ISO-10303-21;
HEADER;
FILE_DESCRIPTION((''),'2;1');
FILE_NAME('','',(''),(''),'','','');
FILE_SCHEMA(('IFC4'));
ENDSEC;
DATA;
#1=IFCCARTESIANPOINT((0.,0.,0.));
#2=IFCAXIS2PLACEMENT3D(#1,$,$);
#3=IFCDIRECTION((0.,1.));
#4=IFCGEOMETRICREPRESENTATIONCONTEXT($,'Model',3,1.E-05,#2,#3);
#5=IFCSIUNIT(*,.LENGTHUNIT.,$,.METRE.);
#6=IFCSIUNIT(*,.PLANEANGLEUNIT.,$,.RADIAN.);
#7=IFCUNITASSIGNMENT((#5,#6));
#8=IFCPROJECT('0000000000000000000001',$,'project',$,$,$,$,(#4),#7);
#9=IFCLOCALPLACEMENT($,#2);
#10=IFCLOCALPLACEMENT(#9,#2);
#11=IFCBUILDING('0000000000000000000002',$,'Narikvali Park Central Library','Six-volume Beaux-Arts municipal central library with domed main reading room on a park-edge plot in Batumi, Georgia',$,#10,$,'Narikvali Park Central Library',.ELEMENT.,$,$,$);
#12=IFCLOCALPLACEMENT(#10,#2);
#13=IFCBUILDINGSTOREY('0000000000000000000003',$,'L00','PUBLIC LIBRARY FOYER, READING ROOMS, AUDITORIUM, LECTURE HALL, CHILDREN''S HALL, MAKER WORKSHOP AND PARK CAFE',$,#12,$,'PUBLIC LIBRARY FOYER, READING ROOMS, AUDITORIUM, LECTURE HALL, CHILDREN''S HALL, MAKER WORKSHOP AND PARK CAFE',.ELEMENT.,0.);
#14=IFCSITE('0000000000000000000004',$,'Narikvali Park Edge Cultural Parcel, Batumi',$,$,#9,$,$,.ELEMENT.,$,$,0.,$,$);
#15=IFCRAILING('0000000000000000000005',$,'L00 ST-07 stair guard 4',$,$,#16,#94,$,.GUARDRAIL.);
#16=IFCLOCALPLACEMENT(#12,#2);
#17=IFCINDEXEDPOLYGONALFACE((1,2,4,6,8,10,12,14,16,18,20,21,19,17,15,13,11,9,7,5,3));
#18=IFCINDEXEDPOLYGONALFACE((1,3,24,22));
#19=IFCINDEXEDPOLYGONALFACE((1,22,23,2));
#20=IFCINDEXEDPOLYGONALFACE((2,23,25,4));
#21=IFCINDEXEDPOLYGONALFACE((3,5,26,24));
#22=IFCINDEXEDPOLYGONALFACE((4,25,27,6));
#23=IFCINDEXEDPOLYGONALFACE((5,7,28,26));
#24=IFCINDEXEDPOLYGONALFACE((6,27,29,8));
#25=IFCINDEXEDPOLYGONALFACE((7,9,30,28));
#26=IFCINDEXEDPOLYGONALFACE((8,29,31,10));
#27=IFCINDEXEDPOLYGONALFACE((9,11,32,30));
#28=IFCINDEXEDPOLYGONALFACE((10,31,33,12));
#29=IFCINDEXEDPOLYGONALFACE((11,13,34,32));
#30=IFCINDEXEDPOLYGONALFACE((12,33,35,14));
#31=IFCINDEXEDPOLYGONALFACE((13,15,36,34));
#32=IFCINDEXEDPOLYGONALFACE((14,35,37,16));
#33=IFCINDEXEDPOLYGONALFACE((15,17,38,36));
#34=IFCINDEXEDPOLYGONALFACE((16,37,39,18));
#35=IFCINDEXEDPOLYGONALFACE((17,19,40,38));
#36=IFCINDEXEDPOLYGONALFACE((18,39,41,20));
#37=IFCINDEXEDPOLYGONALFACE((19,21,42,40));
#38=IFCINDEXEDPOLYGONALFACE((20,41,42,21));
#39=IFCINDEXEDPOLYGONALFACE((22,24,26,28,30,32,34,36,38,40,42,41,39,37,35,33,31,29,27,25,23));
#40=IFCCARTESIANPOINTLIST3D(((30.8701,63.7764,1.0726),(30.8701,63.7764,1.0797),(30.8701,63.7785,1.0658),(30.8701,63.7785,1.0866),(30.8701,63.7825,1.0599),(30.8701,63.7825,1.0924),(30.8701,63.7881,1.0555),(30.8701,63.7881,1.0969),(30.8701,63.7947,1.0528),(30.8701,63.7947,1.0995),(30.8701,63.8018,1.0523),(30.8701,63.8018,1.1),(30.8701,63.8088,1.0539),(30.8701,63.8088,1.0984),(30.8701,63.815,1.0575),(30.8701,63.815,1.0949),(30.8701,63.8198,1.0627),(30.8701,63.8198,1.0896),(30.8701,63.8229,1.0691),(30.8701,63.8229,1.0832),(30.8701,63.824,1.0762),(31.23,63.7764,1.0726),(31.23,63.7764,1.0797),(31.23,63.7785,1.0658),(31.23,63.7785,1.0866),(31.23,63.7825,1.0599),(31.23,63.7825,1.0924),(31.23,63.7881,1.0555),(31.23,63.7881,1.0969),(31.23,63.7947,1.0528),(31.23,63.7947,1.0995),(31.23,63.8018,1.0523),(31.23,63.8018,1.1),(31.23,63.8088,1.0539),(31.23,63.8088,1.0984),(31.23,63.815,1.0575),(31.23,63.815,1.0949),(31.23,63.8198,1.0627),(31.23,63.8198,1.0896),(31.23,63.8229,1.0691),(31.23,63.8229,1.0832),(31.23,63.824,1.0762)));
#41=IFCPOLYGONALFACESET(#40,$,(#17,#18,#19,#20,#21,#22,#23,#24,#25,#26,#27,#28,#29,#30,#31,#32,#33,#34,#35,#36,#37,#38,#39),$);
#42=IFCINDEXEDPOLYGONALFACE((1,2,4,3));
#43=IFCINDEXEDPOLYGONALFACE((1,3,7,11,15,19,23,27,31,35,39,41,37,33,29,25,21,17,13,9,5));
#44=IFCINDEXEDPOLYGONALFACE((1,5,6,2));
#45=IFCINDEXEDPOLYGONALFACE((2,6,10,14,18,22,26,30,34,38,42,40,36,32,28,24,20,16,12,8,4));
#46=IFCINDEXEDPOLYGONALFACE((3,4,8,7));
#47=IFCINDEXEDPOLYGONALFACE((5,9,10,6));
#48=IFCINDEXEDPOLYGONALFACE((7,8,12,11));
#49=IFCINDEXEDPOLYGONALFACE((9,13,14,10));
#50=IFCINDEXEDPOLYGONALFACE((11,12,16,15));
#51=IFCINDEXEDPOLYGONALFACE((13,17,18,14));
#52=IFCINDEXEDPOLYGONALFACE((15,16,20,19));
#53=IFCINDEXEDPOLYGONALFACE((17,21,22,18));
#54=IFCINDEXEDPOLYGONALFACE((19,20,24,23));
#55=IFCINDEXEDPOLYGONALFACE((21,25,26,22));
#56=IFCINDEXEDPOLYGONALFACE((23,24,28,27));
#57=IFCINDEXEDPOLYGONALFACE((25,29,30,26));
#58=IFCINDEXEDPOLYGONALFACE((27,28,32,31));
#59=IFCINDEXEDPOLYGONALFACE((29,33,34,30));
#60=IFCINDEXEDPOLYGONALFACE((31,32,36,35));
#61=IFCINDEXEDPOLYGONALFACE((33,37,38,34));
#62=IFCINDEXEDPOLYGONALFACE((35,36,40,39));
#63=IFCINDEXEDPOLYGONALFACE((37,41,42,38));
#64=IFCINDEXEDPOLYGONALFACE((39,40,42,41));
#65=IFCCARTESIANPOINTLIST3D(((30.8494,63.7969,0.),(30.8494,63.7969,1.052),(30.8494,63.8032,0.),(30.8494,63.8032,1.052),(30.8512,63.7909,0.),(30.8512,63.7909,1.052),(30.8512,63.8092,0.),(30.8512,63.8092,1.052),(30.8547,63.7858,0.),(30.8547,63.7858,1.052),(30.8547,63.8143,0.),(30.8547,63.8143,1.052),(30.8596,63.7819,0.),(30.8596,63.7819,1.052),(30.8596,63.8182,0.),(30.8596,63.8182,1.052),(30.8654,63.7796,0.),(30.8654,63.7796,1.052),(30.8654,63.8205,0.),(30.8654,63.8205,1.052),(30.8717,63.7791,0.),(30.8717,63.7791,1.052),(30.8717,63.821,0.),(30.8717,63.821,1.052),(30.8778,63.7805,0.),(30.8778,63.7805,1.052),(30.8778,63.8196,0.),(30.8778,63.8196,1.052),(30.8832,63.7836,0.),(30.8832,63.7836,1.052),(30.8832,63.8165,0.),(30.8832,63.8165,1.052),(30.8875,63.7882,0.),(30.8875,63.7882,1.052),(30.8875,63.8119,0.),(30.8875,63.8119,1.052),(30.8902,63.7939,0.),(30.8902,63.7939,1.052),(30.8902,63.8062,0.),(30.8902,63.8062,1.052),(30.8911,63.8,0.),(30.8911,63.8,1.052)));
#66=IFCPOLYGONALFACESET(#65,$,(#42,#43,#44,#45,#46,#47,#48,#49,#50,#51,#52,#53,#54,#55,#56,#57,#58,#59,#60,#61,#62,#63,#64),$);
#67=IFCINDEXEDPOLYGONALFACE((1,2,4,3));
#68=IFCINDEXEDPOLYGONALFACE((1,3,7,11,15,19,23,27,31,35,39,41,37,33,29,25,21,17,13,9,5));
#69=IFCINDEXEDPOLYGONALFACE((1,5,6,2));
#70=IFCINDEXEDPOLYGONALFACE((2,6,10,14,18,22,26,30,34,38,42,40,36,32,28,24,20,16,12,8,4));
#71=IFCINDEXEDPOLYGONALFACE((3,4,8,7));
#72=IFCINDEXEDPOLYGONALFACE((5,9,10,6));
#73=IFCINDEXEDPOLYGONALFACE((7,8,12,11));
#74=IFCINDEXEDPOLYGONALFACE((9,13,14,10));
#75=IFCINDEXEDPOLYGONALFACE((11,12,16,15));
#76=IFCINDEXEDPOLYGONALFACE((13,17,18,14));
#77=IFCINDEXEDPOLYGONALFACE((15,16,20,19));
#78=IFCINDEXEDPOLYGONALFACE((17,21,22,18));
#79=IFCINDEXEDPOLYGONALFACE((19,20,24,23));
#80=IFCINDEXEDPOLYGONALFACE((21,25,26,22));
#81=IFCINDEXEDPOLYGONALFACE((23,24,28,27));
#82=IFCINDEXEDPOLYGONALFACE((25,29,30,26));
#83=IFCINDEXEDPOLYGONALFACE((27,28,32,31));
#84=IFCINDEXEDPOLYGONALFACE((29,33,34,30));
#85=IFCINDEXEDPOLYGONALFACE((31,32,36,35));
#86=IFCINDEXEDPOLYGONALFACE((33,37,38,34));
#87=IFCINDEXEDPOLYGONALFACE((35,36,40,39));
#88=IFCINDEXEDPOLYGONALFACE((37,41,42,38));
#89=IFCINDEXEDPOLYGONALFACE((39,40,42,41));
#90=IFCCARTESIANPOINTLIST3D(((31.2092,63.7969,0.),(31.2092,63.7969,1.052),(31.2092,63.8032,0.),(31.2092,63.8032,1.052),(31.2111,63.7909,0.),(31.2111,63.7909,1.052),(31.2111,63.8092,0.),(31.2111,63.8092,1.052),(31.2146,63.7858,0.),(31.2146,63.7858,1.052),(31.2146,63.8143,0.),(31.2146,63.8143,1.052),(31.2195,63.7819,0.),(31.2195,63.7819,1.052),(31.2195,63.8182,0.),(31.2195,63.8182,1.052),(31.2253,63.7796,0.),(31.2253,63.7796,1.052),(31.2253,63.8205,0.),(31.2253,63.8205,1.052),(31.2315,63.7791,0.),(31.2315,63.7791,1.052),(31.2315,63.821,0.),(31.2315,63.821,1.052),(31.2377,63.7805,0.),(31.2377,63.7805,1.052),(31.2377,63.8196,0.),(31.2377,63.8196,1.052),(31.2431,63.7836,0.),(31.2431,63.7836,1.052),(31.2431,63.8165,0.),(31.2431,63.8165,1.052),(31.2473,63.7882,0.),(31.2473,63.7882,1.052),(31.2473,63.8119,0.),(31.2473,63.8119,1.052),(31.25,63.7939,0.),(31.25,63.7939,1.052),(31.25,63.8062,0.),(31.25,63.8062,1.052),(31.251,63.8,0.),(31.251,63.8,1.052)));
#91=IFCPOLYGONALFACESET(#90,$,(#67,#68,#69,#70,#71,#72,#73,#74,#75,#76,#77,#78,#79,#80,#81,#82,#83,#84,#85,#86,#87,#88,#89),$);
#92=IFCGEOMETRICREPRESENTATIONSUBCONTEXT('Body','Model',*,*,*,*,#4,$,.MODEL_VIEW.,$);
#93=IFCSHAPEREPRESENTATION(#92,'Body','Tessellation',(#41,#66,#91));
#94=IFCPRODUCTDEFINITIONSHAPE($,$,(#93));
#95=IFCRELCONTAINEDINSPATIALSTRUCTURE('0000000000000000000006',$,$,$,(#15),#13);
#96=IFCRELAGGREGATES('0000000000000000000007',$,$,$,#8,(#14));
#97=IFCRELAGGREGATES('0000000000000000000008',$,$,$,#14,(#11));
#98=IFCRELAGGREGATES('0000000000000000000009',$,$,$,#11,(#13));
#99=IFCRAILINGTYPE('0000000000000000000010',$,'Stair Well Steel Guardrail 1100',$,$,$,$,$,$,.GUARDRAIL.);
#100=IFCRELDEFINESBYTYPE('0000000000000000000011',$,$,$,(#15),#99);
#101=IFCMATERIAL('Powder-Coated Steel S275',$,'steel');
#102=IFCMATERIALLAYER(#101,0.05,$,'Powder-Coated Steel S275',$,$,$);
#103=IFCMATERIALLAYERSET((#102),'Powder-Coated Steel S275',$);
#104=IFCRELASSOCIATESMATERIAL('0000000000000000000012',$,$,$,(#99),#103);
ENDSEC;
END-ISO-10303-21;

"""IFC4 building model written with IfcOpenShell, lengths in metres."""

from ifc_helpers import new_model, si_unit, direction, frame, origin, origin_2d, place, context, subcontext, project, spatial, circle, extrude, material, layer, layer_set, type_object, element, save


model = new_model("IFC4")

# Units and contexts
model_context = context("Model", 3, precision=1e-05, world=origin(), true_north=direction((0.0, 1.0)))
body_context = subcontext(model_context, "Body", "Model", "MODEL_VIEW")
ifc_project = project(units=[si_unit("LENGTHUNIT", "METRE"), si_unit("PLANEANGLEUNIT", "RADIAN")], contexts=[model_context])

# Site, building, storey
site_placement = place(None, origin())
site = spatial("IfcSite", under=ifc_project, at=site_placement, Name="Narikvali Park Edge Cultural Parcel, Batumi", CompositionType="ELEMENT", RefElevation=0.0)
building_placement = place(site_placement, origin())
building = spatial("IfcBuilding", under=site, at=building_placement, Name="Narikvali Park Central Library", Description="Six-volume Beaux-Arts municipal central library with domed main reading room on a park-edge plot in Batumi, Georgia", LongName="Narikvali Park Central Library", CompositionType="ELEMENT")
storey_placement = place(building_placement, origin())
storey = spatial("IfcBuildingStorey", under=building, at=storey_placement, Name="L00", Description="PUBLIC LIBRARY FOYER, READING ROOMS, AUDITORIUM, LECTURE HALL, CHILDREN'S HALL, MAKER WORKSHOP AND PARK CAFE", LongName="PUBLIC LIBRARY FOYER, READING ROOMS, AUDITORIUM, LECTURE HALL, CHILDREN'S HALL, MAKER WORKSHOP AND PARK CAFE", CompositionType="ELEMENT", Elevation=0.0)

# Railing
ifc_material_1 = material(Name="Powder-Coated Steel S275", Category="steel")
ifc_layer_1 = layer(ifc_material_1, 0.05, Name="Powder-Coated Steel S275")
ifc_layer_set_1 = layer_set([ifc_layer_1], Name="Powder-Coated Steel S275")
railing_type_1 = type_object("IfcRailingType", Name="Stair Well Steel Guardrail 1100", PredefinedType="GUARDRAIL", material=ifc_layer_set_1)
railing_1_placement = place(storey_placement, frame((30.8701, 63.8, 0.0)))
element("IfcRailing", 1, at=railing_1_placement, inside=storey, type_object=railing_type_1, Name="L00 ST-07 stair guard 4", PredefinedType="GUARDRAIL", context=body_context, shape_type="SweptSolid", body=[
    extrude(circle(Radius=0.0239, at=origin_2d()), frame((0.0, 0.0, 1.0762), z_axis=(1.0, 0.0, 0.0), x_axis=(0.0, 1.0, 0.0)), (0.0, 0.0, 1.0), 0.3599),
    extrude(circle(Radius=0.021, at=origin_2d()), origin(), (0.0, 0.0, 1.0), 1.052),
    extrude(circle(Radius=0.021, at=origin_2d()), frame((0.3599, 0.0, 0.0)), (0.0, 0.0, 1.0), 1.052),
])

save(model, "model.ifc")
